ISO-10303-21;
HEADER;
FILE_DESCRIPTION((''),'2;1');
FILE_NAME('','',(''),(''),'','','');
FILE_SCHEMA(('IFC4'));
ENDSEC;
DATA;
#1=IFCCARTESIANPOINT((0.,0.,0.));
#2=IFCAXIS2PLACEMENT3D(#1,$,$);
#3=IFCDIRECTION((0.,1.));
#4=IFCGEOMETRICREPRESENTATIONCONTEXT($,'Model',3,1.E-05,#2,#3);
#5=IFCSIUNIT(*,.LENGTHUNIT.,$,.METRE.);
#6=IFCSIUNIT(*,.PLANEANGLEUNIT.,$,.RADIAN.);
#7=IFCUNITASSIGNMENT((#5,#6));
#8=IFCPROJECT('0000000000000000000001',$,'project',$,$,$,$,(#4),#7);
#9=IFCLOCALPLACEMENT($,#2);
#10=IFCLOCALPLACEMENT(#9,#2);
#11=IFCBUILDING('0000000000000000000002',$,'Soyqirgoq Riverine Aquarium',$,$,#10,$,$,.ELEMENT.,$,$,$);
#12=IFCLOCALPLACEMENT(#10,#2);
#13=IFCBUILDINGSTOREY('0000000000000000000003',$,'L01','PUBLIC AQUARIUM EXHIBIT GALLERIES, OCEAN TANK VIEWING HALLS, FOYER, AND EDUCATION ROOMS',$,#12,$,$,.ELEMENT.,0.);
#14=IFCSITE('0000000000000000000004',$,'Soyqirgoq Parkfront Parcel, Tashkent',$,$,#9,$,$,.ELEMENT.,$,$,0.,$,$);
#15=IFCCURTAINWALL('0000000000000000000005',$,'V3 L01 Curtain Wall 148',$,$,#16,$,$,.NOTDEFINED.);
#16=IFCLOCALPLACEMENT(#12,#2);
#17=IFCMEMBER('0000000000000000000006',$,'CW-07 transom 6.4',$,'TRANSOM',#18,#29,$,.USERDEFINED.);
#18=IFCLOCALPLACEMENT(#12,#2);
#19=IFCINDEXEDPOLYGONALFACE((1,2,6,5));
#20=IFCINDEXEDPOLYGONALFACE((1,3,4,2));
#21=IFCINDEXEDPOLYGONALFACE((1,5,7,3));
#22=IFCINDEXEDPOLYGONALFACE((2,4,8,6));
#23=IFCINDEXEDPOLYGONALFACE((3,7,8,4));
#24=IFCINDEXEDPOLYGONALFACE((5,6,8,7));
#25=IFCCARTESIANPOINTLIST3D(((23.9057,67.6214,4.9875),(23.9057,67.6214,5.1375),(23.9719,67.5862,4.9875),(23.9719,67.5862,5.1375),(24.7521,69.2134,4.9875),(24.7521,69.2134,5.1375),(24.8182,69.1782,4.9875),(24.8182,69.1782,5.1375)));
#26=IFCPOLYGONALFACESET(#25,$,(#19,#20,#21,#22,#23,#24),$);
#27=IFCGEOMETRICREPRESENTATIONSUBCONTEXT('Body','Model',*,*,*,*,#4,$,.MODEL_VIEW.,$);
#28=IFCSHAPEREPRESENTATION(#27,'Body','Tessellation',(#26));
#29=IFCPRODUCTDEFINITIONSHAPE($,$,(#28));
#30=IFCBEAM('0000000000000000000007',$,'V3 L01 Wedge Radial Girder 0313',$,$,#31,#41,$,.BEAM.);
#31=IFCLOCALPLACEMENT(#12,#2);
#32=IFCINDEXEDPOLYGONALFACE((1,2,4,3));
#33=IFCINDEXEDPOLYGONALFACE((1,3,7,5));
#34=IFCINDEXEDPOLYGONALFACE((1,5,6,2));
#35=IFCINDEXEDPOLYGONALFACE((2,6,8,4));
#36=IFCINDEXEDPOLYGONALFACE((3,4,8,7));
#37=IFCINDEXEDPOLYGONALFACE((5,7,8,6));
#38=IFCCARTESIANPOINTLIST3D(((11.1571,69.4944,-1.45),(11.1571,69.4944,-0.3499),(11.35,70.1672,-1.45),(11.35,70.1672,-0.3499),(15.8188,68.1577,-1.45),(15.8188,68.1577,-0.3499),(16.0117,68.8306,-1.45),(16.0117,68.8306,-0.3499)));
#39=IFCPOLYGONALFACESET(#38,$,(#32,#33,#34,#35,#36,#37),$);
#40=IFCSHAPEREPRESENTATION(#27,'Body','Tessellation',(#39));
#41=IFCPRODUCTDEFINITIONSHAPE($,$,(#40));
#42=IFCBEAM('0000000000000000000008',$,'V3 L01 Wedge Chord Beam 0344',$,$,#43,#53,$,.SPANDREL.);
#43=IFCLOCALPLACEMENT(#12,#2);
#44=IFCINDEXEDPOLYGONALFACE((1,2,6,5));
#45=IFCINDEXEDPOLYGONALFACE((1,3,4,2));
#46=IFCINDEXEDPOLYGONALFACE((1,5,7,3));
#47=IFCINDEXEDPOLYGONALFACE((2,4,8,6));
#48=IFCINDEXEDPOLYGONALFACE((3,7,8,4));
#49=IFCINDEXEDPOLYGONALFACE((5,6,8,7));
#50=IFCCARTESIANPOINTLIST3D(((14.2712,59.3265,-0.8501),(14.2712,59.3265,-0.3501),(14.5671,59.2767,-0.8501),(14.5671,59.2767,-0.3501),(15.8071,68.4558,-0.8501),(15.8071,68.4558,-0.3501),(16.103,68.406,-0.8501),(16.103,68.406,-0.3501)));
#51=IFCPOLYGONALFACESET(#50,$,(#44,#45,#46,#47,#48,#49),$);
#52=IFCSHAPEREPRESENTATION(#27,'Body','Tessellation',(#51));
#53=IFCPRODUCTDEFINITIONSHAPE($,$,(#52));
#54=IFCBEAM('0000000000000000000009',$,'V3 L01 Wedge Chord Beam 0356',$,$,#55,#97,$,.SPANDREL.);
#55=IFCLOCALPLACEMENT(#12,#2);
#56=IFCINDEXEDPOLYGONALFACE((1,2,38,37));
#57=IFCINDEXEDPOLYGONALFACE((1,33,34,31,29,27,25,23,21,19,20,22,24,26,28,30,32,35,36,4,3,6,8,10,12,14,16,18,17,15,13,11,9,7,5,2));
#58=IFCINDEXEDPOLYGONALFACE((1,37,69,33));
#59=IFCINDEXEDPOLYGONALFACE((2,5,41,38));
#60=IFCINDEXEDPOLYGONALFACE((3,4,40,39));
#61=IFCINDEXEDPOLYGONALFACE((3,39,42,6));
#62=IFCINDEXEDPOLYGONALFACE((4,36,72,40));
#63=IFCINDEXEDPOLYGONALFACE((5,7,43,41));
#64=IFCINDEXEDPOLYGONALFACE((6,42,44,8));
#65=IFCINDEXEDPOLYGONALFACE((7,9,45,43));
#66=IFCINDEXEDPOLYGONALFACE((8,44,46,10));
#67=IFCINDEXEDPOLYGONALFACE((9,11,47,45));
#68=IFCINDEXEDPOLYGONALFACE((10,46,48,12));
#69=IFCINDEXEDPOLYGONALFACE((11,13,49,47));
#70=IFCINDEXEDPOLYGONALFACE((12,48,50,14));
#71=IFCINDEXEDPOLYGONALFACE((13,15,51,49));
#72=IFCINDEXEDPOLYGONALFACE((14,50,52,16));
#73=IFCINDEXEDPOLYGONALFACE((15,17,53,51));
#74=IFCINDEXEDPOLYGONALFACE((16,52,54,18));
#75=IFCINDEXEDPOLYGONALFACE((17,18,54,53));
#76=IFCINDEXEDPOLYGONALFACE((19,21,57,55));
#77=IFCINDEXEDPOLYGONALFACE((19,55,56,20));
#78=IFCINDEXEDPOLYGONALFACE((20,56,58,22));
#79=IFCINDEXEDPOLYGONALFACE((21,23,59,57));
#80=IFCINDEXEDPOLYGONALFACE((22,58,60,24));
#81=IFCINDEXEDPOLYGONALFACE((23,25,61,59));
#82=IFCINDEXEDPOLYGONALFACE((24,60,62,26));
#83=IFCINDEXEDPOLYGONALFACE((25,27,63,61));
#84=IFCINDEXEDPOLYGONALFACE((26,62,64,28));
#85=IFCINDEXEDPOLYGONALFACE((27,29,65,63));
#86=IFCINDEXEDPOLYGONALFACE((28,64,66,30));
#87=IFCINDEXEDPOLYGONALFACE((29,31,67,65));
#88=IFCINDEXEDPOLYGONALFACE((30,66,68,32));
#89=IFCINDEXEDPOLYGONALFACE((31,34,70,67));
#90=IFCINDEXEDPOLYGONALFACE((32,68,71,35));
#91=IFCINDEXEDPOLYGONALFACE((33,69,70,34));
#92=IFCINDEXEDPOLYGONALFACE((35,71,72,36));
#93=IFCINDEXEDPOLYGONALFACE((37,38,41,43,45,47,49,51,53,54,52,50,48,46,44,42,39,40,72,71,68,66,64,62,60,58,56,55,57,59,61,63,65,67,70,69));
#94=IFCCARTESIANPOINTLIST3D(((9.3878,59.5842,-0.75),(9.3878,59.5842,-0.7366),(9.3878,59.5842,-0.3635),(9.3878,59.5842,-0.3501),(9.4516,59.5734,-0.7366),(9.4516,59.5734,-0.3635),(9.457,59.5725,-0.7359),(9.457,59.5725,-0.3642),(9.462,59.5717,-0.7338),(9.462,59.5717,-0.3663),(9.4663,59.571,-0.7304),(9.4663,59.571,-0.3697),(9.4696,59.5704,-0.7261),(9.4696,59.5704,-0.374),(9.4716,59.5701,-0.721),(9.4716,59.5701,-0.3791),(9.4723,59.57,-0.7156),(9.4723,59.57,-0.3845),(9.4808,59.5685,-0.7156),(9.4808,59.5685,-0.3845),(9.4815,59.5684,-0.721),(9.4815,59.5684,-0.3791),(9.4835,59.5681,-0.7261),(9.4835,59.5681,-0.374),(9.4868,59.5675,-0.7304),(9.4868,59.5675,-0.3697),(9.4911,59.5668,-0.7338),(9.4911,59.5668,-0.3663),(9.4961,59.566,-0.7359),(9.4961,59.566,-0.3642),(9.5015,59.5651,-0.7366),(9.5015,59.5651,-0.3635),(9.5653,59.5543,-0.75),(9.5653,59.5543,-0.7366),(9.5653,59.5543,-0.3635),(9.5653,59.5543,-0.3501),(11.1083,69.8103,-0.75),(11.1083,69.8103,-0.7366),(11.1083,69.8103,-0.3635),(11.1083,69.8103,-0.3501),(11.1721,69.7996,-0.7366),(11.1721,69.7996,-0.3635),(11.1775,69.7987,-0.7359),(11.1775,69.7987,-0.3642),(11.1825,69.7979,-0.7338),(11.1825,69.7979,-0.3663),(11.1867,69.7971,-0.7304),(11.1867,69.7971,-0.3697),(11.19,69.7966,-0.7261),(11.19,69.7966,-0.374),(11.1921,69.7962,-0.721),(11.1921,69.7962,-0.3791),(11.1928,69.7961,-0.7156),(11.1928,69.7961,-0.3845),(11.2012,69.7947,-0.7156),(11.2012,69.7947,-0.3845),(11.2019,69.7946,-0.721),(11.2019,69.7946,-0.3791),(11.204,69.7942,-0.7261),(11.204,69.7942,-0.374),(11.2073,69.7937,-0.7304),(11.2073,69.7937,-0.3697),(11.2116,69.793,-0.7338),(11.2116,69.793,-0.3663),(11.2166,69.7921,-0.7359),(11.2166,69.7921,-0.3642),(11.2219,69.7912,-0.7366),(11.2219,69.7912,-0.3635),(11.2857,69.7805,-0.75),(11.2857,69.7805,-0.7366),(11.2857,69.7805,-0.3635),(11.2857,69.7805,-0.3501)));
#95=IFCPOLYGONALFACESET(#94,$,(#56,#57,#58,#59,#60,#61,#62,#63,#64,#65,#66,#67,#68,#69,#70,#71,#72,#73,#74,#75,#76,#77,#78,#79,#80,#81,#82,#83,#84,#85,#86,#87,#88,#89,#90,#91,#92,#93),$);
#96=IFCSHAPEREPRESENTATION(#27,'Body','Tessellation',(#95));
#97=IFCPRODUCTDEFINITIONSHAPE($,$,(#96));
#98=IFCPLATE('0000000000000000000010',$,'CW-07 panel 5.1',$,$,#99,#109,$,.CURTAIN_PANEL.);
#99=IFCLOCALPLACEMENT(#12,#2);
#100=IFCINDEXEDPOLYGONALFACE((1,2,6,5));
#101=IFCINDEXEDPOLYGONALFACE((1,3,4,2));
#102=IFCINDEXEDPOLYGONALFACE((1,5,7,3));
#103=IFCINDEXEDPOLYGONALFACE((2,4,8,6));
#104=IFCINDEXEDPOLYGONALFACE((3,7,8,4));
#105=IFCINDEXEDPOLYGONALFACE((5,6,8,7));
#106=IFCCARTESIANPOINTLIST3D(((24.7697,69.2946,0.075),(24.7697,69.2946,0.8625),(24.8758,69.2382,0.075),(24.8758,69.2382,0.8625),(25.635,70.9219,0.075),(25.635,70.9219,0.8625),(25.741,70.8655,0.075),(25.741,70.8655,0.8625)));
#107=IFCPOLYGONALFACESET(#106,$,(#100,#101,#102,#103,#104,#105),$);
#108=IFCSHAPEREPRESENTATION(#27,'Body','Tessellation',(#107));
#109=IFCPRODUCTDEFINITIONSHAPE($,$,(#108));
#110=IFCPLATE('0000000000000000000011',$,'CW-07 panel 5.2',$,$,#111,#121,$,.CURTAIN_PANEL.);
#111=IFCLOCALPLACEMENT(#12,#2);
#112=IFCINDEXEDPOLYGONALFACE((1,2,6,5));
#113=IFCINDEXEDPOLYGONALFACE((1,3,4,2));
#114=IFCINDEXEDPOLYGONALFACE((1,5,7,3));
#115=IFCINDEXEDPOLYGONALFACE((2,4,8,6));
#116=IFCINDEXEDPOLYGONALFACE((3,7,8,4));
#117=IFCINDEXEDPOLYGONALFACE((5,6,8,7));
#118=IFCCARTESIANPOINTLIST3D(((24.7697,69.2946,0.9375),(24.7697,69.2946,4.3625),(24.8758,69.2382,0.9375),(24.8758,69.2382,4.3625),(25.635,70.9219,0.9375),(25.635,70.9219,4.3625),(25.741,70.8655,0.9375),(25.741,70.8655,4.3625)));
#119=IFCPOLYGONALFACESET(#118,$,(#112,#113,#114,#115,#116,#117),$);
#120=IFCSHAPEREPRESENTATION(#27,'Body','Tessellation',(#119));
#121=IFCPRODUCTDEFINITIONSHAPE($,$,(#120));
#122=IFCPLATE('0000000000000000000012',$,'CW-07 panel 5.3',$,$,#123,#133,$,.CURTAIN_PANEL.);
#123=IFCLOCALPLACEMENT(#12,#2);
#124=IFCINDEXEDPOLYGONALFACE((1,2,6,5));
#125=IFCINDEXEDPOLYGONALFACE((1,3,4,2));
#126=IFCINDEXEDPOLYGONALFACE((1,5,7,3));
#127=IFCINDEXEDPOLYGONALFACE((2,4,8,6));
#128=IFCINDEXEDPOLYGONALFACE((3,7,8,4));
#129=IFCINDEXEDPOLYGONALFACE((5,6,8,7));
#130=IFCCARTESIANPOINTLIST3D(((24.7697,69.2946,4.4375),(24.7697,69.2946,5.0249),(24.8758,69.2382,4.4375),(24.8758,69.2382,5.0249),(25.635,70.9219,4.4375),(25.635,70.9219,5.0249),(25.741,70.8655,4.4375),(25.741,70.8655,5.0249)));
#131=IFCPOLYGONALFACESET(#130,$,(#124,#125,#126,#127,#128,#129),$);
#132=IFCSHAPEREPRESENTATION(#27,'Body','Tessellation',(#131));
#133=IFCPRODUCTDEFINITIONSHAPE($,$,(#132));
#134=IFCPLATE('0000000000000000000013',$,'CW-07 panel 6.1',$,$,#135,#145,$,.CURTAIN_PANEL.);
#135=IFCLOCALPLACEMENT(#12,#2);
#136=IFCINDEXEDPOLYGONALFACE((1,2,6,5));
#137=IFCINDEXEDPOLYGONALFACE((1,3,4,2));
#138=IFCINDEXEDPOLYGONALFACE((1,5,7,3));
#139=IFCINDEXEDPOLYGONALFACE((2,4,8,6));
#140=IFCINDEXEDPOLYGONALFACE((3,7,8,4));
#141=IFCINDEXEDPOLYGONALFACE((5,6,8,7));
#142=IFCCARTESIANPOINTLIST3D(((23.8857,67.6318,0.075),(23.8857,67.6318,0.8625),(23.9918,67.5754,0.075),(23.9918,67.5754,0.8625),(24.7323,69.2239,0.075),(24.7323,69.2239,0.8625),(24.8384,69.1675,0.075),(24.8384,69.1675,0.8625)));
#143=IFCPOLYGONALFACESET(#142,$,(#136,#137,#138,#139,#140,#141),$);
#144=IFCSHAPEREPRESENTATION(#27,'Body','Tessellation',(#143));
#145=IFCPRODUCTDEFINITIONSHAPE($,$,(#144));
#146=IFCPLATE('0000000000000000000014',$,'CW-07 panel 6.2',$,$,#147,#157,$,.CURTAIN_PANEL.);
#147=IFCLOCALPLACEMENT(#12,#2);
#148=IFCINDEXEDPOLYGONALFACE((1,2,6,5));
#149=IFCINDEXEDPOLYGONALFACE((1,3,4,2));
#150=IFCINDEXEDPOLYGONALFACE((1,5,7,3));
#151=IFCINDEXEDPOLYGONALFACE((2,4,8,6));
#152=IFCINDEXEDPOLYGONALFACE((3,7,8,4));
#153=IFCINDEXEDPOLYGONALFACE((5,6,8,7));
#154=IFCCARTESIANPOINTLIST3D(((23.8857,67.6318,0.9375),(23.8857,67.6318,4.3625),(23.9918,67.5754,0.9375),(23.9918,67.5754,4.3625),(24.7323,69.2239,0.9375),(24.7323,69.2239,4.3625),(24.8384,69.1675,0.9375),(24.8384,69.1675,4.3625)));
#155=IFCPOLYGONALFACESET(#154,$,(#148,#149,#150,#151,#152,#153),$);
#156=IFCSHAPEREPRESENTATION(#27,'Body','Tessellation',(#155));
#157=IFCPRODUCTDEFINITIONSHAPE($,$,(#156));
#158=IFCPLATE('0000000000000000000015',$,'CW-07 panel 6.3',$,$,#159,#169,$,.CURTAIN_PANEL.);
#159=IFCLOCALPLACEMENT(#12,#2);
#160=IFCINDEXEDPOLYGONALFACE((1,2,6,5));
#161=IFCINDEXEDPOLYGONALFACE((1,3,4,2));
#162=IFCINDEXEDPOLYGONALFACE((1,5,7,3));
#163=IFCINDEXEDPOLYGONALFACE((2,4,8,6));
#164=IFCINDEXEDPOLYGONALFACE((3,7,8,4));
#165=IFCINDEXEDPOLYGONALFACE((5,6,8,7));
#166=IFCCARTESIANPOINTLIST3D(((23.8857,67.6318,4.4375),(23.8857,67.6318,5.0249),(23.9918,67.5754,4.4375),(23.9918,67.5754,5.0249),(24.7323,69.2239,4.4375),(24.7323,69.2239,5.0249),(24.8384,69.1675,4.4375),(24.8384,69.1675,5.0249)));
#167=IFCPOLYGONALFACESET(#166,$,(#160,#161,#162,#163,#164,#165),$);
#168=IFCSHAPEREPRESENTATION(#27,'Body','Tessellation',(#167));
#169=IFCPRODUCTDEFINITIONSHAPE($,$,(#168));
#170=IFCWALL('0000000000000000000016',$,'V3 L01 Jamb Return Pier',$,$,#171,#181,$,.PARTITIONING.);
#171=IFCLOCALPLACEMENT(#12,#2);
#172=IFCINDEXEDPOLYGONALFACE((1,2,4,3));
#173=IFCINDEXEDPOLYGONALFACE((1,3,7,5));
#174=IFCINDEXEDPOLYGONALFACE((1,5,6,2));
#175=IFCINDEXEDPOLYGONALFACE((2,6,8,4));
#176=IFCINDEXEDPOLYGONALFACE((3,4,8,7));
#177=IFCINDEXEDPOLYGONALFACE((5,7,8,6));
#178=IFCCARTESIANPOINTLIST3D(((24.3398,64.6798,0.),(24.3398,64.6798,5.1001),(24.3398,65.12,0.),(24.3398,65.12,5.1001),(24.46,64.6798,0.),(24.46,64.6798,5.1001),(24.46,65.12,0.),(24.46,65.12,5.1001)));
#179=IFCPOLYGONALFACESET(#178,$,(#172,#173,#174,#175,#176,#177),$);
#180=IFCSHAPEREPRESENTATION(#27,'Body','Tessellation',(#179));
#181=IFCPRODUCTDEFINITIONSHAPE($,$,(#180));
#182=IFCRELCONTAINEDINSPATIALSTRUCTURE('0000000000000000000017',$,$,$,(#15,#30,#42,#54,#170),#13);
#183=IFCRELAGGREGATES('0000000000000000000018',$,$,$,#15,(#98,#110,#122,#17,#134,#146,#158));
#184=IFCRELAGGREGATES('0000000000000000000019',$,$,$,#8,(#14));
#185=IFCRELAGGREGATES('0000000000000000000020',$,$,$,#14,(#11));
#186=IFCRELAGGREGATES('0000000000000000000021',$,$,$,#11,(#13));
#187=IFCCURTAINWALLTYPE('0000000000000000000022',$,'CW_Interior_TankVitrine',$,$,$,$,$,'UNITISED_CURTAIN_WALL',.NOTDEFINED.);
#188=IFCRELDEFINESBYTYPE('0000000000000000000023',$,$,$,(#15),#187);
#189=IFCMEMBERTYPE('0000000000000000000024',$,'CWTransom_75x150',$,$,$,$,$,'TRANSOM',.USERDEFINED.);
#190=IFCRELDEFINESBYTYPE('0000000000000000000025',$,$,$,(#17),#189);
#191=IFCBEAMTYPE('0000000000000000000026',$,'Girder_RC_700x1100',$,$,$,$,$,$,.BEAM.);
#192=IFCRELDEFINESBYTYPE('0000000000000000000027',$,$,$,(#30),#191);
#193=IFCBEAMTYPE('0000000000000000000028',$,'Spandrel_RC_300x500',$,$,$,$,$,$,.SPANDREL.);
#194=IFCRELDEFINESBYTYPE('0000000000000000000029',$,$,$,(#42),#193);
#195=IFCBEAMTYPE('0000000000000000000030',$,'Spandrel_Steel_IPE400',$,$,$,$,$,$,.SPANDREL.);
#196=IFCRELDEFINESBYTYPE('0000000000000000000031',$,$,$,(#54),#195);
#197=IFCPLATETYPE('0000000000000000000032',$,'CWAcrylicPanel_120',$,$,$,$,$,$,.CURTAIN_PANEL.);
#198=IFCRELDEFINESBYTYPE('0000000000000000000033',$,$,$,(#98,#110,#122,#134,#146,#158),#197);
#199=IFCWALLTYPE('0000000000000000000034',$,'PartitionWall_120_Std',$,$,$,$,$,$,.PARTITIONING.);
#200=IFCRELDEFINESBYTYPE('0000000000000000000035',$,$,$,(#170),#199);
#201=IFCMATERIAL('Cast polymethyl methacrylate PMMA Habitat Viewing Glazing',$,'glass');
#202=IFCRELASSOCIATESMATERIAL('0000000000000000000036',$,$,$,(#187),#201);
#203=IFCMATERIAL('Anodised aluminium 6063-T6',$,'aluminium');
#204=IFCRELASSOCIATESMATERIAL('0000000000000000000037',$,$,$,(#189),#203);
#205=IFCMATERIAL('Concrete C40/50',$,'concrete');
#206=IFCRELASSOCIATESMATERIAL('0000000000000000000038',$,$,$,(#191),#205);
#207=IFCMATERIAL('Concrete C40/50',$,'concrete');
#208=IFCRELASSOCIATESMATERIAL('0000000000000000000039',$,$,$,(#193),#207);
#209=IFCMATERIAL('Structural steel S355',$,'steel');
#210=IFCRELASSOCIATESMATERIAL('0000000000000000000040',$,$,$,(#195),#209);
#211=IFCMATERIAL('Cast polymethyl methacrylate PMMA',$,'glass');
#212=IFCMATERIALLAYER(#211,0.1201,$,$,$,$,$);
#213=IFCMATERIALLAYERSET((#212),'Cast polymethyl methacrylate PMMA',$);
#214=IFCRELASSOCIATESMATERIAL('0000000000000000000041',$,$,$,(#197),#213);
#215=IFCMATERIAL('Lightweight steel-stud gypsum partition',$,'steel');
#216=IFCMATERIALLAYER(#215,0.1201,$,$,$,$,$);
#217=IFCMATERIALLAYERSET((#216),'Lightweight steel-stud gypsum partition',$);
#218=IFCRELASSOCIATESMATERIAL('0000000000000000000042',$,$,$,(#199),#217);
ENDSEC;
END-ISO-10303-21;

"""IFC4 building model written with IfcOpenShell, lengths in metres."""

from ifc_helpers import new_model, si_unit, direction, frame, frame_2d, origin, origin_2d, place, context, subcontext, project, spatial, rectangle, i_section, extrude, material, layer, layer_set, material_profile, profile_set, type_object, element, aggregate, save


model = new_model("IFC4")

# Units and contexts
model_context = context("Model", 3, precision=1e-05, world=origin(), true_north=direction((0.0, 1.0)))
body_context = subcontext(model_context, "Body", "Model", "MODEL_VIEW")
ifc_project = project(units=[si_unit("LENGTHUNIT", "METRE"), si_unit("PLANEANGLEUNIT", "RADIAN")], contexts=[model_context])

# Site, building, storey
site_placement = place(None, origin())
site = spatial("IfcSite", under=ifc_project, at=site_placement, Name="Soyqirgoq Parkfront Parcel, Tashkent", CompositionType="ELEMENT", RefElevation=0.0)
building_placement = place(site_placement, origin())
building = spatial("IfcBuilding", under=site, at=building_placement, Name="Soyqirgoq Riverine Aquarium", CompositionType="ELEMENT")
storey_placement = place(building_placement, origin())
storey = spatial("IfcBuildingStorey", under=building, at=storey_placement, Name="L01", Description="PUBLIC AQUARIUM EXHIBIT GALLERIES, OCEAN TANK VIEWING HALLS, FOYER, AND EDUCATION ROOMS", CompositionType="ELEMENT", Elevation=0.0)

# Curtain wall, member
ifc_material_1 = material(Name="Cast polymethyl methacrylate PMMA Habitat Viewing Glazing", Category="glass")
curtain_wall_type = type_object("IfcCurtainWallType", Name="CW_Interior_TankVitrine", ElementType="UNITISED_CURTAIN_WALL", PredefinedType="NOTDEFINED", material=ifc_material_1)
curtain_wall_placement = place(storey_placement, origin())
curtain_wall = element("IfcCurtainWall", 1, at=curtain_wall_placement, inside=storey, type_object=curtain_wall_type, Name="V3 L01 Curtain Wall 148", PredefinedType="NOTDEFINED")
ifc_material_2 = material(Name="Anodised aluminium 6063-T6", Category="aluminium")
ifc_material_profile_1 = material_profile(ifc_material_2, rectangle(XDim=0.075, YDim=0.1499, at=origin_2d()), Name="ALU-T 75x150")
ifc_profile_set_1 = profile_set([ifc_material_profile_1], Name="Anodised aluminium 6063-T6")
member_type_1 = type_object("IfcMemberType", Name="CWTransom_75x150", ElementType="TRANSOM", PredefinedType="USERDEFINED", material=ifc_profile_set_1)
member_1_placement = place(storey_placement, frame((24.7852, 69.1958, 5.0625), z_axis=(-0.469442, -0.882963, 0.0), x_axis=(0.882963, -0.469442, 0.0)))
member_1 = element("IfcMember", 2, at=member_1_placement, type_object=member_type_1, Name="CW-07 transom 6.4", ObjectType="TRANSOM", PredefinedType="USERDEFINED", context=body_context, shape_type="SweptSolid", body=[
    extrude(rectangle(XDim=0.075, YDim=0.1499, at=origin_2d()), origin(), (0.0, 0.0, 1.0), 1.803),
])

# Beams
ifc_material_3 = material(Name="Concrete C40/50", Category="concrete")
ifc_material_profile_2 = material_profile(ifc_material_3, rectangle(XDim=0.7, YDim=1.1001, at=origin_2d()), Name="RC 700x1100")
ifc_profile_set_2 = profile_set([ifc_material_profile_2], Name="Concrete C40/50")
beam_type_1 = type_object("IfcBeamType", Name="Girder_RC_700x1100", PredefinedType="BEAM", material=ifc_profile_set_2)
beam_1_placement = place(storey_placement, frame((15.9153, 68.4941, -0.8999), z_axis=(-0.961267, 0.275619, 0.0), x_axis=(-0.275619, -0.961267, 0.0)))
element("IfcBeam", 3, at=beam_1_placement, inside=storey, type_object=beam_type_1, Name="V3 L01 Wedge Radial Girder 0313", PredefinedType="BEAM", context=body_context, shape_type="SweptSolid", body=[
    extrude(rectangle(XDim=0.7, YDim=1.1001, at=origin_2d()), origin(), (0.0, 0.0, 1.0), 4.8496),
])
ifc_material_4 = material(Name="Concrete C40/50", Category="concrete")
ifc_material_profile_3 = material_profile(ifc_material_4, rectangle(XDim=0.3, YDim=0.5, at=origin_2d()), Name="RC 300x500")
ifc_profile_set_3 = profile_set([ifc_material_profile_3], Name="Concrete C40/50")
beam_type_2 = type_object("IfcBeamType", Name="Spandrel_RC_300x500", PredefinedType="SPANDREL", material=ifc_profile_set_3)
beam_2_placement = place(storey_placement, frame((15.9551, 68.4309, -0.6001), z_axis=(-0.165908, -0.986141, 0.0), x_axis=(0.986141, -0.165908, 0.0)))
element("IfcBeam", 4, at=beam_2_placement, inside=storey, type_object=beam_type_2, Name="V3 L01 Wedge Chord Beam 0344", PredefinedType="SPANDREL", context=body_context, shape_type="SweptSolid", body=[
    extrude(rectangle(XDim=0.3, YDim=0.5, at=origin_2d()), origin(), (0.0, 0.0, 1.0), 9.2576),
])
ifc_material_5 = material(Name="Structural steel S355", Category="steel")
ifc_material_profile_4 = material_profile(ifc_material_5, i_section(OverallWidth=0.1799, OverallDepth=0.3999, WebThickness=0.0085, FlangeThickness=0.0134, FilletRadius=0.021, at=origin_2d()), Name="IPE 400")
ifc_profile_set_4 = profile_set([ifc_material_profile_4], Name="Structural steel S355")
beam_type_3 = type_object("IfcBeamType", Name="Spandrel_Steel_IPE400", PredefinedType="SPANDREL", material=ifc_profile_set_4)
beam_3_placement = place(storey_placement, frame((11.197, 69.7954, -0.55), z_axis=(-0.165911, -0.986141, 0.0), x_axis=(0.986141, -0.165911, 0.0)))
element("IfcBeam", 5, at=beam_3_placement, inside=storey, type_object=beam_type_3, Name="V3 L01 Wedge Chord Beam 0356", PredefinedType="SPANDREL", context=body_context, shape_type="SweptSolid", body=[
    extrude(i_section(OverallWidth=0.1799, OverallDepth=0.3999, WebThickness=0.0085, FlangeThickness=0.0134, FilletRadius=0.021, at=origin_2d()), origin(), (0.0, 0.0, 1.0), 10.3699),
])

# Plates
ifc_material_6 = material(Name="Cast polymethyl methacrylate PMMA", Category="glass")
ifc_layer_1 = layer(ifc_material_6, 0.1201)
ifc_layer_set_1 = layer_set([ifc_layer_1], Name="Cast polymethyl methacrylate PMMA")
plate_type = type_object("IfcPlateType", Name="CWAcrylicPanel_120", PredefinedType="CURTAIN_PANEL", material=ifc_layer_set_1)
plate_1_placement = place(storey_placement, frame((25.2554, 70.0801, 0.075), z_axis=(0.0, 0.0, 1.0), x_axis=(-0.469475, -0.882946, 0.0)))
plate_1 = element("IfcPlate", 6, at=plate_1_placement, type_object=plate_type, Name="CW-07 panel 5.1", PredefinedType="CURTAIN_PANEL", context=body_context, shape_type="SweptSolid", body=[
    extrude(rectangle(XDim=1.843, YDim=0.1201, at=origin_2d()), origin(), (0.0, 0.0, 1.0), 0.7876),
])
plate_2_placement = place(storey_placement, frame((25.2554, 70.0801, 0.9375), z_axis=(0.0, 0.0, 1.0), x_axis=(-0.469475, -0.882946, 0.0)))
plate_2 = element("IfcPlate", 7, at=plate_2_placement, type_object=plate_type, Name="CW-07 panel 5.2", PredefinedType="CURTAIN_PANEL", context=body_context, shape_type="SweptSolid", body=[
    extrude(rectangle(XDim=1.843, YDim=0.1201, at=origin_2d()), origin(), (0.0, 0.0, 1.0), 3.425),
])
plate_3_placement = place(storey_placement, frame((25.2554, 70.0801, 4.4375), z_axis=(0.0, 0.0, 1.0), x_axis=(-0.469475, -0.882946, 0.0)))
plate_3 = element("IfcPlate", 8, at=plate_3_placement, type_object=plate_type, Name="CW-07 panel 5.3", PredefinedType="CURTAIN_PANEL", context=body_context, shape_type="SweptSolid", body=[
    extrude(rectangle(XDim=1.843, YDim=0.1201, at=origin_2d()), origin(), (0.0, 0.0, 1.0), 0.5874),
])
plate_4_placement = place(storey_placement, frame((24.3621, 68.3997, 0.075), z_axis=(0.0, 0.0, 1.0), x_axis=(-0.469475, -0.882946, 0.0)))
plate_4 = element("IfcPlate", 9, at=plate_4_placement, type_object=plate_type, Name="CW-07 panel 6.1", PredefinedType="CURTAIN_PANEL", context=body_context, shape_type="SweptSolid", body=[
    extrude(rectangle(XDim=1.8032, YDim=0.1201, at=origin_2d()), origin(), (0.0, 0.0, 1.0), 0.7876),
])
plate_5_placement = place(storey_placement, frame((24.3621, 68.3997, 0.9375), z_axis=(0.0, 0.0, 1.0), x_axis=(-0.469475, -0.882946, 0.0)))
plate_5 = element("IfcPlate", 10, at=plate_5_placement, type_object=plate_type, Name="CW-07 panel 6.2", PredefinedType="CURTAIN_PANEL", context=body_context, shape_type="SweptSolid", body=[
    extrude(rectangle(XDim=1.8032, YDim=0.1201, at=origin_2d()), origin(), (0.0, 0.0, 1.0), 3.425),
])
plate_6_placement = place(storey_placement, frame((24.3621, 68.3997, 4.4375), z_axis=(0.0, 0.0, 1.0), x_axis=(-0.469475, -0.882946, 0.0)))
plate_6 = element("IfcPlate", 11, at=plate_6_placement, type_object=plate_type, Name="CW-07 panel 6.3", PredefinedType="CURTAIN_PANEL", context=body_context, shape_type="SweptSolid", body=[
    extrude(rectangle(XDim=1.8032, YDim=0.1201, at=origin_2d()), origin(), (0.0, 0.0, 1.0), 0.5874),
])
aggregate(curtain_wall, [plate_1, plate_2, plate_3, member_1, plate_4, plate_5, plate_6])

# Wall
ifc_material_7 = material(Name="Lightweight steel-stud gypsum partition", Category="steel")
ifc_layer_2 = layer(ifc_material_7, 0.1201)
ifc_layer_set_2 = layer_set([ifc_layer_2], Name="Lightweight steel-stud gypsum partition")
wall_type_1 = type_object("IfcWallType", Name="PartitionWall_120_Std", PredefinedType="PARTITIONING", material=ifc_layer_set_2)
for number, where, z_axis, x_axis, name in (
    (12, (24.3999, 65.1201, 0.0), (0.0, 0.0, 1.0), (0.0, -1.0, 0.0), "V3 L01 Jamb Return Pier"),
):
    element("IfcWall", number, at=place(storey_placement, frame(where, z_axis=z_axis, x_axis=x_axis)), inside=storey, type_object=wall_type_1, Name=name, PredefinedType="PARTITIONING", context=body_context, shape_type="SweptSolid", body=[
        extrude(rectangle(XDim=0.4402, YDim=0.1201, at=frame_2d((0.2202, 0.0))), origin(), (0.0, 0.0, 1.0), 5.1001),
    ])

save(model, "model.ifc")
